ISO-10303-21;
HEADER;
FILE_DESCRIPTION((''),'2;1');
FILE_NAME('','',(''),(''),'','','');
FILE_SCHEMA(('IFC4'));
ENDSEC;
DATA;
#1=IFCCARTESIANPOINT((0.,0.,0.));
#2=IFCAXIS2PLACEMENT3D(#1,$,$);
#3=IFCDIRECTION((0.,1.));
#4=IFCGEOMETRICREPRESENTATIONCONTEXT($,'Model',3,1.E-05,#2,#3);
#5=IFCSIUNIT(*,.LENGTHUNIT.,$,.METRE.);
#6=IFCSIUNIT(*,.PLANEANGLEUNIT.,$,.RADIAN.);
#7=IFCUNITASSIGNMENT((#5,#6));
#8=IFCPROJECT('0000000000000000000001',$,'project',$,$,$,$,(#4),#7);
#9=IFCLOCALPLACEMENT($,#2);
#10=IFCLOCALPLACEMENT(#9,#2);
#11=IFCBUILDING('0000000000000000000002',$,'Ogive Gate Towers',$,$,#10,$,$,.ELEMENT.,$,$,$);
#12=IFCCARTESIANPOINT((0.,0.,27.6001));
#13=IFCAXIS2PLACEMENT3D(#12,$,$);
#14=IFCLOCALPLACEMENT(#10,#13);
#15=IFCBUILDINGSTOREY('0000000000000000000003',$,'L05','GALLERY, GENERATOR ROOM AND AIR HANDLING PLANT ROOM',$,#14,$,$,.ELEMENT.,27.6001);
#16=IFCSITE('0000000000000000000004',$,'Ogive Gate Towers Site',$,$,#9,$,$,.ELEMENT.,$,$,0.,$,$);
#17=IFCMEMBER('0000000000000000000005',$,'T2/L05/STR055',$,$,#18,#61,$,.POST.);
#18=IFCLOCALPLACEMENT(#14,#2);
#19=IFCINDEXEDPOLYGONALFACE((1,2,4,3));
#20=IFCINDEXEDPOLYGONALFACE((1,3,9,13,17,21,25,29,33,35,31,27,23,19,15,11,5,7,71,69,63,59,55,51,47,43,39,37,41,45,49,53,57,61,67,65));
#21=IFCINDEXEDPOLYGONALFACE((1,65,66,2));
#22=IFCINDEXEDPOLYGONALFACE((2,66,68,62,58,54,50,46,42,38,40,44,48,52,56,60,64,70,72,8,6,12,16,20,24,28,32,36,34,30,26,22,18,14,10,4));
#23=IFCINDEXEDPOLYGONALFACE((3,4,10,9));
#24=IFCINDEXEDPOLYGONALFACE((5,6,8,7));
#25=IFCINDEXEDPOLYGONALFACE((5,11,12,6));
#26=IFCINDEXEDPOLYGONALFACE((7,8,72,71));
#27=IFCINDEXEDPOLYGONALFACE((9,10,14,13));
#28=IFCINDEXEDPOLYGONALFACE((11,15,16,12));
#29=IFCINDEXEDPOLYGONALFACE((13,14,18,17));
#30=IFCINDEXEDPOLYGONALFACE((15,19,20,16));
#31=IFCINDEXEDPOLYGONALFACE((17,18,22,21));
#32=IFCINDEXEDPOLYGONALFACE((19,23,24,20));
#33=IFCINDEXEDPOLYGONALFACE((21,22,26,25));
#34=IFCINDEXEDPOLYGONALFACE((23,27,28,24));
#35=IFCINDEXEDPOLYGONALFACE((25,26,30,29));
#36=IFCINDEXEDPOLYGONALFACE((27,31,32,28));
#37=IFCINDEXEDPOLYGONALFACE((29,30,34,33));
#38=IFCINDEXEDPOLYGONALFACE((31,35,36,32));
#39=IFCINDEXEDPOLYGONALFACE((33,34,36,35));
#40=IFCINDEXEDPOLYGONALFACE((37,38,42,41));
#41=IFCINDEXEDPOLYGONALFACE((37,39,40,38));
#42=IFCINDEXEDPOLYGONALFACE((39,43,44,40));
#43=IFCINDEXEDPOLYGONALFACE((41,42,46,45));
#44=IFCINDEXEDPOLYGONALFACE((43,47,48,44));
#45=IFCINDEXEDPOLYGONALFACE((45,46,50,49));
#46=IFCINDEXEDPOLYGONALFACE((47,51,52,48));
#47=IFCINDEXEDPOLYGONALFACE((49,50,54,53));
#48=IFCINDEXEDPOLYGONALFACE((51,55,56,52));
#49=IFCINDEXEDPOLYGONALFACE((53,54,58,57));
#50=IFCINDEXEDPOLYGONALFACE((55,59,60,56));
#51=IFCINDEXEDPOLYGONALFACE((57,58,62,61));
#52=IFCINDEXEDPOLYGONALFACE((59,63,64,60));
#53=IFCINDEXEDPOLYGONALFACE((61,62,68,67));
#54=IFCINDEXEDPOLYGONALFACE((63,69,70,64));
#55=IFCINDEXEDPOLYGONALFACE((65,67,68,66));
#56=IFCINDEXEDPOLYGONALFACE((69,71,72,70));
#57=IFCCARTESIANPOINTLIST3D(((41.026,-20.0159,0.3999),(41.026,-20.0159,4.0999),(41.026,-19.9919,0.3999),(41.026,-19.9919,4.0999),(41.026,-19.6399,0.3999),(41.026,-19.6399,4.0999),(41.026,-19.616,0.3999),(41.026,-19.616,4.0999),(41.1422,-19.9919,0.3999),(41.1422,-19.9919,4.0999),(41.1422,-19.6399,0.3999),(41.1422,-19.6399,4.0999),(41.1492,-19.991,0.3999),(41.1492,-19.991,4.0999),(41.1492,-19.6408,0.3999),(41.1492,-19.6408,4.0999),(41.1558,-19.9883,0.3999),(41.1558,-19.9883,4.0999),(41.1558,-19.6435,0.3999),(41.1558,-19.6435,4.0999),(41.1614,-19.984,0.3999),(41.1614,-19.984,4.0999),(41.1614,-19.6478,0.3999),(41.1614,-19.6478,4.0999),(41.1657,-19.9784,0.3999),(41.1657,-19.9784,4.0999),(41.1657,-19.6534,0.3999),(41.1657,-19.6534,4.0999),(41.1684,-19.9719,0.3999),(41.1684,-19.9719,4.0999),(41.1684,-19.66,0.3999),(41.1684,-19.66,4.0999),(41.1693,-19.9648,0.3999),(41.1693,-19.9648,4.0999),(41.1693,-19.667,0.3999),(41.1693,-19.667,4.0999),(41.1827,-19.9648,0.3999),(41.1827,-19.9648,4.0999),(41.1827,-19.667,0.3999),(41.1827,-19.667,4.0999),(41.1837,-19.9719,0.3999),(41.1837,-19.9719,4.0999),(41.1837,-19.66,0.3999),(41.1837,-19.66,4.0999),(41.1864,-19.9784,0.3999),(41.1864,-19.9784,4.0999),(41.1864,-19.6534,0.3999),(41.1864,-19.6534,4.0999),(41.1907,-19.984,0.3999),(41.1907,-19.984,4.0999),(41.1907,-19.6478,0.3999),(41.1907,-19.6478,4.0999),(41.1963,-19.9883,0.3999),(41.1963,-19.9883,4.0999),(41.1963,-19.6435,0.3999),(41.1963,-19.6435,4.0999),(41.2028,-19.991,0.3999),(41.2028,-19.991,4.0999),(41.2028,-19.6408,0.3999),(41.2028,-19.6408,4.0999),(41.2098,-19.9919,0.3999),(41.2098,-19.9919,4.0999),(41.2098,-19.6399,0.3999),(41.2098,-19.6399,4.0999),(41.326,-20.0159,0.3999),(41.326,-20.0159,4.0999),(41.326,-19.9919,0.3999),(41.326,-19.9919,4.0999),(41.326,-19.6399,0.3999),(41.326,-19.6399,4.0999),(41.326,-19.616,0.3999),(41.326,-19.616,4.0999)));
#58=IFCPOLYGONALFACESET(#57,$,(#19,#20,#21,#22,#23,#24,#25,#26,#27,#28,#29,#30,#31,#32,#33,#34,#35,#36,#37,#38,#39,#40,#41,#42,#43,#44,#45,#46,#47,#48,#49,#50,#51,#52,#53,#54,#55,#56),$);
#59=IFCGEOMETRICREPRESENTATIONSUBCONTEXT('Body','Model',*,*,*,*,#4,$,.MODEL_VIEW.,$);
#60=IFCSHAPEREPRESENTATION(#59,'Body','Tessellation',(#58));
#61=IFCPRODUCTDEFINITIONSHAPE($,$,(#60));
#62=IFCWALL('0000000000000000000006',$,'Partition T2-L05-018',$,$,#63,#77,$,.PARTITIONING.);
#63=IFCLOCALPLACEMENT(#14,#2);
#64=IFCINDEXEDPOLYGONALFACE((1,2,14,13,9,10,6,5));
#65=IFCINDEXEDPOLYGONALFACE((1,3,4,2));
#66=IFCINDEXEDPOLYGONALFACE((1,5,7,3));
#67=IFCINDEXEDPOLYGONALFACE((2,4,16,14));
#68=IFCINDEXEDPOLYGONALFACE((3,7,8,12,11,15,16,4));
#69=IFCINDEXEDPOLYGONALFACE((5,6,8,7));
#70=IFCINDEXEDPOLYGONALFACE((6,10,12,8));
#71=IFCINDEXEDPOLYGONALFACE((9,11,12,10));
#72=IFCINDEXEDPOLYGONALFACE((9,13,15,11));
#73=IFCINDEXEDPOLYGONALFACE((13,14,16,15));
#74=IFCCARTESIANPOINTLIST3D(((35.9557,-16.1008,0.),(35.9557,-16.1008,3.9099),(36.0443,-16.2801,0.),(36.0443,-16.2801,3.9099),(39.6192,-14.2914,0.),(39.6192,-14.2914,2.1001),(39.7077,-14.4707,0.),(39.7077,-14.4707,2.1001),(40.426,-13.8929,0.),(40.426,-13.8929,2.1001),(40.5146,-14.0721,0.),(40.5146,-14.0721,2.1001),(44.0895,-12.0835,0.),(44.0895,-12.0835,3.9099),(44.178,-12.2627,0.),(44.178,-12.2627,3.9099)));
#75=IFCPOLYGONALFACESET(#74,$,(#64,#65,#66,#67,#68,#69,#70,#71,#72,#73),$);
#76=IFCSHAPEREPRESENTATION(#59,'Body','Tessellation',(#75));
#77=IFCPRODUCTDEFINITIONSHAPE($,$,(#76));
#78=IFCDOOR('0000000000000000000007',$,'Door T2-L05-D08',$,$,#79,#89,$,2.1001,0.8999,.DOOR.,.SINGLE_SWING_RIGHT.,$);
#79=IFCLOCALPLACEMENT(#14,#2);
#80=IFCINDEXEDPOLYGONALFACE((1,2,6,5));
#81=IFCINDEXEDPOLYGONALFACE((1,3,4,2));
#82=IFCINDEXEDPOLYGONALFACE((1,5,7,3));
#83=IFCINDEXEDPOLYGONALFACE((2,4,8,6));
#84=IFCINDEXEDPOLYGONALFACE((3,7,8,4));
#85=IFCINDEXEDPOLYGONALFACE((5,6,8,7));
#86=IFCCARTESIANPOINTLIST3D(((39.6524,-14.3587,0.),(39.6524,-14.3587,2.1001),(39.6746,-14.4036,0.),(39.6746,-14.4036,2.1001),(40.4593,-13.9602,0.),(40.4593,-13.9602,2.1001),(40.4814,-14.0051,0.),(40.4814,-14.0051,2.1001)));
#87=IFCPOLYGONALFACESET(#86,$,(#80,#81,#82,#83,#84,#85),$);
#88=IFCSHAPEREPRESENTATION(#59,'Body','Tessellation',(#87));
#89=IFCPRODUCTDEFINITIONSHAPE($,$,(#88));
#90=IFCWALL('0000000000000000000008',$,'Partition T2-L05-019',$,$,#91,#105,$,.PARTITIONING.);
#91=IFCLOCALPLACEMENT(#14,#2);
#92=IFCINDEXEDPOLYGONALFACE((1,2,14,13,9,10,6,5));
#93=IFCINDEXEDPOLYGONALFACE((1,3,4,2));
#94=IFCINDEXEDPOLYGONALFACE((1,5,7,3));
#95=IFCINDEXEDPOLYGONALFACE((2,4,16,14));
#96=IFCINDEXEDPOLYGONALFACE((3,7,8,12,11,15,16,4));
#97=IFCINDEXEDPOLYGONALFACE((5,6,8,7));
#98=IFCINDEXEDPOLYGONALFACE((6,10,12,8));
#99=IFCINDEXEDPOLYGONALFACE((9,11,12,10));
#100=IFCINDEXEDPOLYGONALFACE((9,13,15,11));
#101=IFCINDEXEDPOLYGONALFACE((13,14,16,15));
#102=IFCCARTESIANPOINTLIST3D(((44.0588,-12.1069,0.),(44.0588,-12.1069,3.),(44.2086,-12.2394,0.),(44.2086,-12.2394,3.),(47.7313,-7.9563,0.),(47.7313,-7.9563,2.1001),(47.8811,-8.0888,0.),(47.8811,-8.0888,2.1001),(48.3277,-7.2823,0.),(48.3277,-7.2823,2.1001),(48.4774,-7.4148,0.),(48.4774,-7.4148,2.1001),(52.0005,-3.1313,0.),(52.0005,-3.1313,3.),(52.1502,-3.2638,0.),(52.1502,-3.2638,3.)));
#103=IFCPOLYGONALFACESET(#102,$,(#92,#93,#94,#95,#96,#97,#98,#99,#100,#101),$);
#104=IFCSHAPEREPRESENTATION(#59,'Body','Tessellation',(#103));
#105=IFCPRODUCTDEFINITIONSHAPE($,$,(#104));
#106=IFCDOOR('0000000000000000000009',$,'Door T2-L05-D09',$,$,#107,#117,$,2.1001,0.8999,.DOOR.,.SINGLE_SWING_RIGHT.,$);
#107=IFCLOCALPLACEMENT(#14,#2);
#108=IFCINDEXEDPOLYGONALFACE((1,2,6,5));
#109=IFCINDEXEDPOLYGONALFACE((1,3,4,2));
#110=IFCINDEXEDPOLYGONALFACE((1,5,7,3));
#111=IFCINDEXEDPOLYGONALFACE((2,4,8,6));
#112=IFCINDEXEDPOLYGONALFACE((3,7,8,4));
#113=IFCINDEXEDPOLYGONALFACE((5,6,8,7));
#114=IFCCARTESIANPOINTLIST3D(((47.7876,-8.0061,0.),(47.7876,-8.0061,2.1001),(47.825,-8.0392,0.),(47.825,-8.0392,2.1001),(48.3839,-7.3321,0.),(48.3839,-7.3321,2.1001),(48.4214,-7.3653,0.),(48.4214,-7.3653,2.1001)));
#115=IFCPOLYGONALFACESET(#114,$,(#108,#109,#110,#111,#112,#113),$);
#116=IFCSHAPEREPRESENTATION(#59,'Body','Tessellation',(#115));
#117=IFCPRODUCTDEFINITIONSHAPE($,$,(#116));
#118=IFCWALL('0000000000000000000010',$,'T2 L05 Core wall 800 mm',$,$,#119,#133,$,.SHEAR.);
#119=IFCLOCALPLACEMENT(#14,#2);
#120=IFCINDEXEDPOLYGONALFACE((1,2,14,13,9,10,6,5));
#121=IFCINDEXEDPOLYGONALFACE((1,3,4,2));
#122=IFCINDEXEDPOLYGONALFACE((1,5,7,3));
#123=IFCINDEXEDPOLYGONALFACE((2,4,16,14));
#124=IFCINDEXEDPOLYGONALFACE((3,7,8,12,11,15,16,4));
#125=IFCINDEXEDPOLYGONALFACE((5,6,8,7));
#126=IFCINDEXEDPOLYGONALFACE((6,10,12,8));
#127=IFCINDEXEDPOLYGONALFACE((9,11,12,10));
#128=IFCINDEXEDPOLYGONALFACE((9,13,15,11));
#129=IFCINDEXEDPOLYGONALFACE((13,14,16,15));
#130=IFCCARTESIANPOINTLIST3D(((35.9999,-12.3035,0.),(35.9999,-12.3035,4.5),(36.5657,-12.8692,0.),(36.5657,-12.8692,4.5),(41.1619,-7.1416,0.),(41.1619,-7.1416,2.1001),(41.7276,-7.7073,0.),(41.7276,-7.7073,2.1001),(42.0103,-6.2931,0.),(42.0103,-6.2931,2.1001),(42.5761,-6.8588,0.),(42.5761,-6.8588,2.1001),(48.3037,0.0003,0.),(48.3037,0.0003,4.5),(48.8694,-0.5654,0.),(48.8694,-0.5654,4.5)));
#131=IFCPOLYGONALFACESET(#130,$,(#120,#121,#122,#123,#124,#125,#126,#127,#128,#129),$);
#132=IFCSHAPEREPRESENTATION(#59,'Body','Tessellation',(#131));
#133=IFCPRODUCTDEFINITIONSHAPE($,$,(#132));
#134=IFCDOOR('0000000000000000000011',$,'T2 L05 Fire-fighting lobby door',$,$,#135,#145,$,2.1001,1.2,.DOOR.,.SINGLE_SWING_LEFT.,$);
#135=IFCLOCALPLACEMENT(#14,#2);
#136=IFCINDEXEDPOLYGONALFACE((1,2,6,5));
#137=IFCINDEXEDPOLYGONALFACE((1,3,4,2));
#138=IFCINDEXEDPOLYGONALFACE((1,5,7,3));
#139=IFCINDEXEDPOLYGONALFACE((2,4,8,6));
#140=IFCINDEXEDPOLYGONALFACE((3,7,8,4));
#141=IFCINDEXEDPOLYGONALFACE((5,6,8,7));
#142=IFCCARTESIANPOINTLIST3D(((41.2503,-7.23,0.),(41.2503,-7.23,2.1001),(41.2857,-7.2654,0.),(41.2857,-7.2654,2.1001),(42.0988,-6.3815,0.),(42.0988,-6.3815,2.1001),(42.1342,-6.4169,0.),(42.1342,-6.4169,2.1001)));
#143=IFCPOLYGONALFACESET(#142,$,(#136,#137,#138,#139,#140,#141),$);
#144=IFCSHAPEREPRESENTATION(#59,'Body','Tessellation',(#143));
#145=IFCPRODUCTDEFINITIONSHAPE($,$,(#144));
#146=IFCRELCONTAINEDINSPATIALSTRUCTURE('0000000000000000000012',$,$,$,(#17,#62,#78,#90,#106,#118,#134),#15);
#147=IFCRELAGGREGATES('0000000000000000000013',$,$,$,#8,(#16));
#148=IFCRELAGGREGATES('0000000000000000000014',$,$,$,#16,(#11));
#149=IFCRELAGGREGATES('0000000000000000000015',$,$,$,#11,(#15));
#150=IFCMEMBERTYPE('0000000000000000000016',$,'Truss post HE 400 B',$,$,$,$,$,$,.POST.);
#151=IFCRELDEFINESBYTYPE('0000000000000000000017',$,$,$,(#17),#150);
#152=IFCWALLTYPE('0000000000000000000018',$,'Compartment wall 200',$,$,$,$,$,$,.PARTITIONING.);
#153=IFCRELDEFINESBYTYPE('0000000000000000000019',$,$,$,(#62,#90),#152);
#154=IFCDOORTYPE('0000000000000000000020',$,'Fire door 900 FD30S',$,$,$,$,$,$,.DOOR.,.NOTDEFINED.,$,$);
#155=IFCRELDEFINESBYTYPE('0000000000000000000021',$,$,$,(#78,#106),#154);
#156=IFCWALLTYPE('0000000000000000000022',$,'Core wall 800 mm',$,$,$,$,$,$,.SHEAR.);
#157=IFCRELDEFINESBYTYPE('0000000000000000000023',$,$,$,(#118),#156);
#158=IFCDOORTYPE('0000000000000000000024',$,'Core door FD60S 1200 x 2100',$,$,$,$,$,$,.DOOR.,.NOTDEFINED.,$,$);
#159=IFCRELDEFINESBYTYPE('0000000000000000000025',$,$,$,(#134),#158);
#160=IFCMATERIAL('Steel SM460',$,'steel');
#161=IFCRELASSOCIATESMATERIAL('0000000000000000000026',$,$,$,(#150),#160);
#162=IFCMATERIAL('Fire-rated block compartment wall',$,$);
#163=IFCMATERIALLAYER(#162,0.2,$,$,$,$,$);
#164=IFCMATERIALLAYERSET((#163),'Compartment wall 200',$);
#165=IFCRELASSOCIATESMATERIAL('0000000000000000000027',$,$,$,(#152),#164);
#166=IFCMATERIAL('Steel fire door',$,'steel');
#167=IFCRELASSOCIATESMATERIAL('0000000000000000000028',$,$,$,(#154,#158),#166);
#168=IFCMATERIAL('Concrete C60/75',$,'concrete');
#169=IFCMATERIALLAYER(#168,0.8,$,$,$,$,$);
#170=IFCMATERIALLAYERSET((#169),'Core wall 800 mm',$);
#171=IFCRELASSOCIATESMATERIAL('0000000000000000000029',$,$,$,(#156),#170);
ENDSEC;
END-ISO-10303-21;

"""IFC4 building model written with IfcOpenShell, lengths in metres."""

from ifc_helpers import new_model, si_unit, direction, frame, frame_2d, origin, origin_2d, place, context, subcontext, project, spatial, rectangle, i_section, extrude, material, layer, layer_set, material_profile, profile_set, type_object, element, fill, save


model = new_model("IFC4")

# Units and contexts
model_context = context("Model", 3, precision=1e-05, world=origin(), true_north=direction((0.0, 1.0)))
body_context = subcontext(model_context, "Body", "Model", "MODEL_VIEW")
ifc_project = project(units=[si_unit("LENGTHUNIT", "METRE"), si_unit("PLANEANGLEUNIT", "RADIAN")], contexts=[model_context])

# Site, building, storey
site_placement = place(None, origin())
site = spatial("IfcSite", under=ifc_project, at=site_placement, Name="Ogive Gate Towers Site", CompositionType="ELEMENT", RefElevation=0.0)
building_placement = place(site_placement, origin())
building = spatial("IfcBuilding", under=site, at=building_placement, Name="Ogive Gate Towers", CompositionType="ELEMENT")
storey_placement = place(building_placement, frame((0.0, 0.0, 27.6001)))
storey = spatial("IfcBuildingStorey", under=building, at=storey_placement, Name="L05", Description="GALLERY, GENERATOR ROOM AND AIR HANDLING PLANT ROOM", CompositionType="ELEMENT", Elevation=27.6001)

# Member
ifc_material_1 = material(Name="Steel SM460", Category="steel")
ifc_material_profile_1 = material_profile(ifc_material_1, i_section(OverallWidth=0.3, OverallDepth=0.3999, WebThickness=0.0134, FlangeThickness=0.0239, FilletRadius=0.0271, at=origin_2d()), Name="HE 400 B")
ifc_profile_set_1 = profile_set([ifc_material_profile_1], Name="Steel SM460")
member_type = type_object("IfcMemberType", Name="Truss post HE 400 B", PredefinedType="POST", material=ifc_profile_set_1)
member_placement = place(storey_placement, frame((41.176, -19.8159, 0.3999), z_axis=(0.0, 0.0, 1.0), x_axis=(1.0, 0.0, 0.0)))
element("IfcMember", 1, at=member_placement, inside=storey, type_object=member_type, Name="T2/L05/STR055", PredefinedType="POST", context=body_context, shape_type="SweptSolid", body=[
    extrude(i_section(OverallWidth=0.3, OverallDepth=0.3999, WebThickness=0.0134, FlangeThickness=0.0239, FilletRadius=0.0271, at=origin_2d()), origin(), (0.0, 0.0, 1.0), 3.7),
])

# Walls, openings, doors
ifc_material_2 = material(Name="Fire-rated block compartment wall")
ifc_layer_1 = layer(ifc_material_2, 0.2)
ifc_layer_set_1 = layer_set([ifc_layer_1], Name="Compartment wall 200")
wall_type_1 = type_object("IfcWallType", Name="Compartment wall 200", PredefinedType="PARTITIONING", material=ifc_layer_set_1)
wall_1_placement = place(storey_placement, frame((36.0, -16.1904, 0.0), z_axis=(0.0, 0.0, 1.0), x_axis=(0.896602, 0.442838, 0.0)))
wall_1 = element("IfcWall", 2, at=wall_1_placement, inside=storey, type_object=wall_type_1, Name="Partition T2-L05-018", PredefinedType="PARTITIONING", context=body_context, shape_type="SweptSolid", body=[
    extrude(rectangle(XDim=9.0718, YDim=0.2, at=frame_2d((4.5359, 0.0))), origin(), (0.0, 0.0, 1.0), 3.9099),
])
opening_1_placement = place(wall_1_placement, frame((4.0859, 0.0, 0.0)))
opening_1 = element("IfcOpeningElement", 3, at=opening_1_placement, cuts=wall_1, PredefinedType="OPENING", context=body_context, shape_type="SweptSolid", body=[
    extrude(rectangle(XDim=0.8999, YDim=2.1001, at=frame_2d((0.45, 1.05))), frame((0.0, 0.1099, 0.0), z_axis=(0.0, -1.0, 0.0), x_axis=(1.0, 0.0, 0.0)), (0.0, 0.0, 1.0), 0.22),
])
ifc_material_3 = material(Name="Steel fire door", Category="steel")
door_type_1 = type_object("IfcDoorType", Name="Fire door 900 FD30S", OperationType="NOTDEFINED", PredefinedType="DOOR", material=ifc_material_3)
door_1_placement = place(opening_1_placement, origin())
door_1 = element("IfcDoor", 4, at=door_1_placement, inside=storey, type_object=door_type_1, Name="Door T2-L05-D08", OperationType="SINGLE_SWING_RIGHT", OverallHeight=2.1001, OverallWidth=0.8999, PredefinedType="DOOR", context=body_context, shape_type="SweptSolid", body=[
    extrude(rectangle(XDim=0.8999, YDim=2.1001, at=frame_2d((0.45, 1.05))), frame((0.0, 0.0249, 0.0), z_axis=(0.0, -1.0, 0.0), x_axis=(1.0, 0.0, 0.0)), (0.0, 0.0, 1.0), 0.05),
])
fill(opening_1, door_1)
wall_2_placement = place(storey_placement, frame((44.1338, -12.1731, 0.0), z_axis=(0.0, 0.0, 1.0), x_axis=(0.662654, 0.748926, 0.0)))
wall_2 = element("IfcWall", 5, at=wall_2_placement, inside=storey, type_object=wall_type_1, Name="Partition T2-L05-019", PredefinedType="PARTITIONING", context=body_context, shape_type="SweptSolid", body=[
    extrude(rectangle(XDim=11.9846, YDim=0.2, at=frame_2d((5.9922, 0.0))), origin(), (0.0, 0.0, 1.0), 3.0),
])
opening_2_placement = place(wall_2_placement, frame((5.542, 0.0, 0.0)))
opening_2 = element("IfcOpeningElement", 6, at=opening_2_placement, cuts=wall_2, PredefinedType="OPENING", context=body_context, shape_type="SweptSolid", body=[
    extrude(rectangle(XDim=0.8999, YDim=2.1001, at=frame_2d((0.45, 1.05))), frame((0.0, 0.1099, 0.0), z_axis=(0.0, -1.0, 0.0), x_axis=(1.0, 0.0, 0.0)), (0.0, 0.0, 1.0), 0.22),
])
door_2_placement = place(opening_2_placement, origin())
door_2 = element("IfcDoor", 7, at=door_2_placement, inside=storey, type_object=door_type_1, Name="Door T2-L05-D09", OperationType="SINGLE_SWING_RIGHT", OverallHeight=2.1001, OverallWidth=0.8999, PredefinedType="DOOR", context=body_context, shape_type="SweptSolid", body=[
    extrude(rectangle(XDim=0.8999, YDim=2.1001, at=frame_2d((0.45, 1.05))), frame((0.0, 0.0249, 0.0), z_axis=(0.0, -1.0, 0.0), x_axis=(1.0, 0.0, 0.0)), (0.0, 0.0, 1.0), 0.05),
])
fill(opening_2, door_2)
ifc_material_4 = material(Name="Concrete C60/75", Category="concrete")
ifc_layer_2 = layer(ifc_material_4, 0.8)
ifc_layer_set_2 = layer_set([ifc_layer_2], Name="Core wall 800 mm")
wall_type_2 = type_object("IfcWallType", Name="Core wall 800 mm", PredefinedType="SHEAR", material=ifc_layer_set_2)
wall_3_placement = place(storey_placement, frame((36.2827, -12.5864, 0.0), z_axis=(0.0, 0.0, 1.0), x_axis=(0.707107, 0.707107, 0.0)))
wall_3 = element("IfcWall", 8, at=wall_3_placement, inside=storey, type_object=wall_type_2, Name="T2 L05 Core wall 800 mm", PredefinedType="SHEAR", context=body_context, shape_type="SweptSolid", body=[
    extrude(rectangle(XDim=17.4001, YDim=0.8, at=frame_2d((8.7002, 0.0))), origin(), (0.0, 0.0, 1.0), 4.5),
])
opening_3_placement = place(wall_3_placement, frame((7.3, 0.0, 0.0)))
opening_3 = element("IfcOpeningElement", 9, at=opening_3_placement, cuts=wall_3, PredefinedType="OPENING", context=body_context, shape_type="SweptSolid", body=[
    extrude(rectangle(XDim=1.2, YDim=2.1001, at=frame_2d((0.6001, 1.05))), frame((0.0, 0.4102, 0.0), z_axis=(0.0, -1.0, 0.0), x_axis=(1.0, 0.0, 0.0)), (0.0, 0.0, 1.0), 0.8201),
])
door_type_2 = type_object("IfcDoorType", Name="Core door FD60S 1200 x 2100", OperationType="NOTDEFINED", PredefinedType="DOOR", material=ifc_material_3)
door_3_placement = place(opening_3_placement, origin())
door_3 = element("IfcDoor", 10, at=door_3_placement, inside=storey, type_object=door_type_2, Name="T2 L05 Fire-fighting lobby door", OperationType="SINGLE_SWING_LEFT", OverallHeight=2.1001, OverallWidth=1.2, PredefinedType="DOOR", context=body_context, shape_type="SweptSolid", body=[
    extrude(rectangle(XDim=1.2, YDim=2.1001, at=frame_2d((0.6001, 1.05))), frame((0.0, 0.2749, 0.0), z_axis=(0.0, -1.0, 0.0), x_axis=(1.0, 0.0, 0.0)), (0.0, 0.0, 1.0), 0.05),
])
fill(opening_3, door_3)

save(model, "model.ifc")
